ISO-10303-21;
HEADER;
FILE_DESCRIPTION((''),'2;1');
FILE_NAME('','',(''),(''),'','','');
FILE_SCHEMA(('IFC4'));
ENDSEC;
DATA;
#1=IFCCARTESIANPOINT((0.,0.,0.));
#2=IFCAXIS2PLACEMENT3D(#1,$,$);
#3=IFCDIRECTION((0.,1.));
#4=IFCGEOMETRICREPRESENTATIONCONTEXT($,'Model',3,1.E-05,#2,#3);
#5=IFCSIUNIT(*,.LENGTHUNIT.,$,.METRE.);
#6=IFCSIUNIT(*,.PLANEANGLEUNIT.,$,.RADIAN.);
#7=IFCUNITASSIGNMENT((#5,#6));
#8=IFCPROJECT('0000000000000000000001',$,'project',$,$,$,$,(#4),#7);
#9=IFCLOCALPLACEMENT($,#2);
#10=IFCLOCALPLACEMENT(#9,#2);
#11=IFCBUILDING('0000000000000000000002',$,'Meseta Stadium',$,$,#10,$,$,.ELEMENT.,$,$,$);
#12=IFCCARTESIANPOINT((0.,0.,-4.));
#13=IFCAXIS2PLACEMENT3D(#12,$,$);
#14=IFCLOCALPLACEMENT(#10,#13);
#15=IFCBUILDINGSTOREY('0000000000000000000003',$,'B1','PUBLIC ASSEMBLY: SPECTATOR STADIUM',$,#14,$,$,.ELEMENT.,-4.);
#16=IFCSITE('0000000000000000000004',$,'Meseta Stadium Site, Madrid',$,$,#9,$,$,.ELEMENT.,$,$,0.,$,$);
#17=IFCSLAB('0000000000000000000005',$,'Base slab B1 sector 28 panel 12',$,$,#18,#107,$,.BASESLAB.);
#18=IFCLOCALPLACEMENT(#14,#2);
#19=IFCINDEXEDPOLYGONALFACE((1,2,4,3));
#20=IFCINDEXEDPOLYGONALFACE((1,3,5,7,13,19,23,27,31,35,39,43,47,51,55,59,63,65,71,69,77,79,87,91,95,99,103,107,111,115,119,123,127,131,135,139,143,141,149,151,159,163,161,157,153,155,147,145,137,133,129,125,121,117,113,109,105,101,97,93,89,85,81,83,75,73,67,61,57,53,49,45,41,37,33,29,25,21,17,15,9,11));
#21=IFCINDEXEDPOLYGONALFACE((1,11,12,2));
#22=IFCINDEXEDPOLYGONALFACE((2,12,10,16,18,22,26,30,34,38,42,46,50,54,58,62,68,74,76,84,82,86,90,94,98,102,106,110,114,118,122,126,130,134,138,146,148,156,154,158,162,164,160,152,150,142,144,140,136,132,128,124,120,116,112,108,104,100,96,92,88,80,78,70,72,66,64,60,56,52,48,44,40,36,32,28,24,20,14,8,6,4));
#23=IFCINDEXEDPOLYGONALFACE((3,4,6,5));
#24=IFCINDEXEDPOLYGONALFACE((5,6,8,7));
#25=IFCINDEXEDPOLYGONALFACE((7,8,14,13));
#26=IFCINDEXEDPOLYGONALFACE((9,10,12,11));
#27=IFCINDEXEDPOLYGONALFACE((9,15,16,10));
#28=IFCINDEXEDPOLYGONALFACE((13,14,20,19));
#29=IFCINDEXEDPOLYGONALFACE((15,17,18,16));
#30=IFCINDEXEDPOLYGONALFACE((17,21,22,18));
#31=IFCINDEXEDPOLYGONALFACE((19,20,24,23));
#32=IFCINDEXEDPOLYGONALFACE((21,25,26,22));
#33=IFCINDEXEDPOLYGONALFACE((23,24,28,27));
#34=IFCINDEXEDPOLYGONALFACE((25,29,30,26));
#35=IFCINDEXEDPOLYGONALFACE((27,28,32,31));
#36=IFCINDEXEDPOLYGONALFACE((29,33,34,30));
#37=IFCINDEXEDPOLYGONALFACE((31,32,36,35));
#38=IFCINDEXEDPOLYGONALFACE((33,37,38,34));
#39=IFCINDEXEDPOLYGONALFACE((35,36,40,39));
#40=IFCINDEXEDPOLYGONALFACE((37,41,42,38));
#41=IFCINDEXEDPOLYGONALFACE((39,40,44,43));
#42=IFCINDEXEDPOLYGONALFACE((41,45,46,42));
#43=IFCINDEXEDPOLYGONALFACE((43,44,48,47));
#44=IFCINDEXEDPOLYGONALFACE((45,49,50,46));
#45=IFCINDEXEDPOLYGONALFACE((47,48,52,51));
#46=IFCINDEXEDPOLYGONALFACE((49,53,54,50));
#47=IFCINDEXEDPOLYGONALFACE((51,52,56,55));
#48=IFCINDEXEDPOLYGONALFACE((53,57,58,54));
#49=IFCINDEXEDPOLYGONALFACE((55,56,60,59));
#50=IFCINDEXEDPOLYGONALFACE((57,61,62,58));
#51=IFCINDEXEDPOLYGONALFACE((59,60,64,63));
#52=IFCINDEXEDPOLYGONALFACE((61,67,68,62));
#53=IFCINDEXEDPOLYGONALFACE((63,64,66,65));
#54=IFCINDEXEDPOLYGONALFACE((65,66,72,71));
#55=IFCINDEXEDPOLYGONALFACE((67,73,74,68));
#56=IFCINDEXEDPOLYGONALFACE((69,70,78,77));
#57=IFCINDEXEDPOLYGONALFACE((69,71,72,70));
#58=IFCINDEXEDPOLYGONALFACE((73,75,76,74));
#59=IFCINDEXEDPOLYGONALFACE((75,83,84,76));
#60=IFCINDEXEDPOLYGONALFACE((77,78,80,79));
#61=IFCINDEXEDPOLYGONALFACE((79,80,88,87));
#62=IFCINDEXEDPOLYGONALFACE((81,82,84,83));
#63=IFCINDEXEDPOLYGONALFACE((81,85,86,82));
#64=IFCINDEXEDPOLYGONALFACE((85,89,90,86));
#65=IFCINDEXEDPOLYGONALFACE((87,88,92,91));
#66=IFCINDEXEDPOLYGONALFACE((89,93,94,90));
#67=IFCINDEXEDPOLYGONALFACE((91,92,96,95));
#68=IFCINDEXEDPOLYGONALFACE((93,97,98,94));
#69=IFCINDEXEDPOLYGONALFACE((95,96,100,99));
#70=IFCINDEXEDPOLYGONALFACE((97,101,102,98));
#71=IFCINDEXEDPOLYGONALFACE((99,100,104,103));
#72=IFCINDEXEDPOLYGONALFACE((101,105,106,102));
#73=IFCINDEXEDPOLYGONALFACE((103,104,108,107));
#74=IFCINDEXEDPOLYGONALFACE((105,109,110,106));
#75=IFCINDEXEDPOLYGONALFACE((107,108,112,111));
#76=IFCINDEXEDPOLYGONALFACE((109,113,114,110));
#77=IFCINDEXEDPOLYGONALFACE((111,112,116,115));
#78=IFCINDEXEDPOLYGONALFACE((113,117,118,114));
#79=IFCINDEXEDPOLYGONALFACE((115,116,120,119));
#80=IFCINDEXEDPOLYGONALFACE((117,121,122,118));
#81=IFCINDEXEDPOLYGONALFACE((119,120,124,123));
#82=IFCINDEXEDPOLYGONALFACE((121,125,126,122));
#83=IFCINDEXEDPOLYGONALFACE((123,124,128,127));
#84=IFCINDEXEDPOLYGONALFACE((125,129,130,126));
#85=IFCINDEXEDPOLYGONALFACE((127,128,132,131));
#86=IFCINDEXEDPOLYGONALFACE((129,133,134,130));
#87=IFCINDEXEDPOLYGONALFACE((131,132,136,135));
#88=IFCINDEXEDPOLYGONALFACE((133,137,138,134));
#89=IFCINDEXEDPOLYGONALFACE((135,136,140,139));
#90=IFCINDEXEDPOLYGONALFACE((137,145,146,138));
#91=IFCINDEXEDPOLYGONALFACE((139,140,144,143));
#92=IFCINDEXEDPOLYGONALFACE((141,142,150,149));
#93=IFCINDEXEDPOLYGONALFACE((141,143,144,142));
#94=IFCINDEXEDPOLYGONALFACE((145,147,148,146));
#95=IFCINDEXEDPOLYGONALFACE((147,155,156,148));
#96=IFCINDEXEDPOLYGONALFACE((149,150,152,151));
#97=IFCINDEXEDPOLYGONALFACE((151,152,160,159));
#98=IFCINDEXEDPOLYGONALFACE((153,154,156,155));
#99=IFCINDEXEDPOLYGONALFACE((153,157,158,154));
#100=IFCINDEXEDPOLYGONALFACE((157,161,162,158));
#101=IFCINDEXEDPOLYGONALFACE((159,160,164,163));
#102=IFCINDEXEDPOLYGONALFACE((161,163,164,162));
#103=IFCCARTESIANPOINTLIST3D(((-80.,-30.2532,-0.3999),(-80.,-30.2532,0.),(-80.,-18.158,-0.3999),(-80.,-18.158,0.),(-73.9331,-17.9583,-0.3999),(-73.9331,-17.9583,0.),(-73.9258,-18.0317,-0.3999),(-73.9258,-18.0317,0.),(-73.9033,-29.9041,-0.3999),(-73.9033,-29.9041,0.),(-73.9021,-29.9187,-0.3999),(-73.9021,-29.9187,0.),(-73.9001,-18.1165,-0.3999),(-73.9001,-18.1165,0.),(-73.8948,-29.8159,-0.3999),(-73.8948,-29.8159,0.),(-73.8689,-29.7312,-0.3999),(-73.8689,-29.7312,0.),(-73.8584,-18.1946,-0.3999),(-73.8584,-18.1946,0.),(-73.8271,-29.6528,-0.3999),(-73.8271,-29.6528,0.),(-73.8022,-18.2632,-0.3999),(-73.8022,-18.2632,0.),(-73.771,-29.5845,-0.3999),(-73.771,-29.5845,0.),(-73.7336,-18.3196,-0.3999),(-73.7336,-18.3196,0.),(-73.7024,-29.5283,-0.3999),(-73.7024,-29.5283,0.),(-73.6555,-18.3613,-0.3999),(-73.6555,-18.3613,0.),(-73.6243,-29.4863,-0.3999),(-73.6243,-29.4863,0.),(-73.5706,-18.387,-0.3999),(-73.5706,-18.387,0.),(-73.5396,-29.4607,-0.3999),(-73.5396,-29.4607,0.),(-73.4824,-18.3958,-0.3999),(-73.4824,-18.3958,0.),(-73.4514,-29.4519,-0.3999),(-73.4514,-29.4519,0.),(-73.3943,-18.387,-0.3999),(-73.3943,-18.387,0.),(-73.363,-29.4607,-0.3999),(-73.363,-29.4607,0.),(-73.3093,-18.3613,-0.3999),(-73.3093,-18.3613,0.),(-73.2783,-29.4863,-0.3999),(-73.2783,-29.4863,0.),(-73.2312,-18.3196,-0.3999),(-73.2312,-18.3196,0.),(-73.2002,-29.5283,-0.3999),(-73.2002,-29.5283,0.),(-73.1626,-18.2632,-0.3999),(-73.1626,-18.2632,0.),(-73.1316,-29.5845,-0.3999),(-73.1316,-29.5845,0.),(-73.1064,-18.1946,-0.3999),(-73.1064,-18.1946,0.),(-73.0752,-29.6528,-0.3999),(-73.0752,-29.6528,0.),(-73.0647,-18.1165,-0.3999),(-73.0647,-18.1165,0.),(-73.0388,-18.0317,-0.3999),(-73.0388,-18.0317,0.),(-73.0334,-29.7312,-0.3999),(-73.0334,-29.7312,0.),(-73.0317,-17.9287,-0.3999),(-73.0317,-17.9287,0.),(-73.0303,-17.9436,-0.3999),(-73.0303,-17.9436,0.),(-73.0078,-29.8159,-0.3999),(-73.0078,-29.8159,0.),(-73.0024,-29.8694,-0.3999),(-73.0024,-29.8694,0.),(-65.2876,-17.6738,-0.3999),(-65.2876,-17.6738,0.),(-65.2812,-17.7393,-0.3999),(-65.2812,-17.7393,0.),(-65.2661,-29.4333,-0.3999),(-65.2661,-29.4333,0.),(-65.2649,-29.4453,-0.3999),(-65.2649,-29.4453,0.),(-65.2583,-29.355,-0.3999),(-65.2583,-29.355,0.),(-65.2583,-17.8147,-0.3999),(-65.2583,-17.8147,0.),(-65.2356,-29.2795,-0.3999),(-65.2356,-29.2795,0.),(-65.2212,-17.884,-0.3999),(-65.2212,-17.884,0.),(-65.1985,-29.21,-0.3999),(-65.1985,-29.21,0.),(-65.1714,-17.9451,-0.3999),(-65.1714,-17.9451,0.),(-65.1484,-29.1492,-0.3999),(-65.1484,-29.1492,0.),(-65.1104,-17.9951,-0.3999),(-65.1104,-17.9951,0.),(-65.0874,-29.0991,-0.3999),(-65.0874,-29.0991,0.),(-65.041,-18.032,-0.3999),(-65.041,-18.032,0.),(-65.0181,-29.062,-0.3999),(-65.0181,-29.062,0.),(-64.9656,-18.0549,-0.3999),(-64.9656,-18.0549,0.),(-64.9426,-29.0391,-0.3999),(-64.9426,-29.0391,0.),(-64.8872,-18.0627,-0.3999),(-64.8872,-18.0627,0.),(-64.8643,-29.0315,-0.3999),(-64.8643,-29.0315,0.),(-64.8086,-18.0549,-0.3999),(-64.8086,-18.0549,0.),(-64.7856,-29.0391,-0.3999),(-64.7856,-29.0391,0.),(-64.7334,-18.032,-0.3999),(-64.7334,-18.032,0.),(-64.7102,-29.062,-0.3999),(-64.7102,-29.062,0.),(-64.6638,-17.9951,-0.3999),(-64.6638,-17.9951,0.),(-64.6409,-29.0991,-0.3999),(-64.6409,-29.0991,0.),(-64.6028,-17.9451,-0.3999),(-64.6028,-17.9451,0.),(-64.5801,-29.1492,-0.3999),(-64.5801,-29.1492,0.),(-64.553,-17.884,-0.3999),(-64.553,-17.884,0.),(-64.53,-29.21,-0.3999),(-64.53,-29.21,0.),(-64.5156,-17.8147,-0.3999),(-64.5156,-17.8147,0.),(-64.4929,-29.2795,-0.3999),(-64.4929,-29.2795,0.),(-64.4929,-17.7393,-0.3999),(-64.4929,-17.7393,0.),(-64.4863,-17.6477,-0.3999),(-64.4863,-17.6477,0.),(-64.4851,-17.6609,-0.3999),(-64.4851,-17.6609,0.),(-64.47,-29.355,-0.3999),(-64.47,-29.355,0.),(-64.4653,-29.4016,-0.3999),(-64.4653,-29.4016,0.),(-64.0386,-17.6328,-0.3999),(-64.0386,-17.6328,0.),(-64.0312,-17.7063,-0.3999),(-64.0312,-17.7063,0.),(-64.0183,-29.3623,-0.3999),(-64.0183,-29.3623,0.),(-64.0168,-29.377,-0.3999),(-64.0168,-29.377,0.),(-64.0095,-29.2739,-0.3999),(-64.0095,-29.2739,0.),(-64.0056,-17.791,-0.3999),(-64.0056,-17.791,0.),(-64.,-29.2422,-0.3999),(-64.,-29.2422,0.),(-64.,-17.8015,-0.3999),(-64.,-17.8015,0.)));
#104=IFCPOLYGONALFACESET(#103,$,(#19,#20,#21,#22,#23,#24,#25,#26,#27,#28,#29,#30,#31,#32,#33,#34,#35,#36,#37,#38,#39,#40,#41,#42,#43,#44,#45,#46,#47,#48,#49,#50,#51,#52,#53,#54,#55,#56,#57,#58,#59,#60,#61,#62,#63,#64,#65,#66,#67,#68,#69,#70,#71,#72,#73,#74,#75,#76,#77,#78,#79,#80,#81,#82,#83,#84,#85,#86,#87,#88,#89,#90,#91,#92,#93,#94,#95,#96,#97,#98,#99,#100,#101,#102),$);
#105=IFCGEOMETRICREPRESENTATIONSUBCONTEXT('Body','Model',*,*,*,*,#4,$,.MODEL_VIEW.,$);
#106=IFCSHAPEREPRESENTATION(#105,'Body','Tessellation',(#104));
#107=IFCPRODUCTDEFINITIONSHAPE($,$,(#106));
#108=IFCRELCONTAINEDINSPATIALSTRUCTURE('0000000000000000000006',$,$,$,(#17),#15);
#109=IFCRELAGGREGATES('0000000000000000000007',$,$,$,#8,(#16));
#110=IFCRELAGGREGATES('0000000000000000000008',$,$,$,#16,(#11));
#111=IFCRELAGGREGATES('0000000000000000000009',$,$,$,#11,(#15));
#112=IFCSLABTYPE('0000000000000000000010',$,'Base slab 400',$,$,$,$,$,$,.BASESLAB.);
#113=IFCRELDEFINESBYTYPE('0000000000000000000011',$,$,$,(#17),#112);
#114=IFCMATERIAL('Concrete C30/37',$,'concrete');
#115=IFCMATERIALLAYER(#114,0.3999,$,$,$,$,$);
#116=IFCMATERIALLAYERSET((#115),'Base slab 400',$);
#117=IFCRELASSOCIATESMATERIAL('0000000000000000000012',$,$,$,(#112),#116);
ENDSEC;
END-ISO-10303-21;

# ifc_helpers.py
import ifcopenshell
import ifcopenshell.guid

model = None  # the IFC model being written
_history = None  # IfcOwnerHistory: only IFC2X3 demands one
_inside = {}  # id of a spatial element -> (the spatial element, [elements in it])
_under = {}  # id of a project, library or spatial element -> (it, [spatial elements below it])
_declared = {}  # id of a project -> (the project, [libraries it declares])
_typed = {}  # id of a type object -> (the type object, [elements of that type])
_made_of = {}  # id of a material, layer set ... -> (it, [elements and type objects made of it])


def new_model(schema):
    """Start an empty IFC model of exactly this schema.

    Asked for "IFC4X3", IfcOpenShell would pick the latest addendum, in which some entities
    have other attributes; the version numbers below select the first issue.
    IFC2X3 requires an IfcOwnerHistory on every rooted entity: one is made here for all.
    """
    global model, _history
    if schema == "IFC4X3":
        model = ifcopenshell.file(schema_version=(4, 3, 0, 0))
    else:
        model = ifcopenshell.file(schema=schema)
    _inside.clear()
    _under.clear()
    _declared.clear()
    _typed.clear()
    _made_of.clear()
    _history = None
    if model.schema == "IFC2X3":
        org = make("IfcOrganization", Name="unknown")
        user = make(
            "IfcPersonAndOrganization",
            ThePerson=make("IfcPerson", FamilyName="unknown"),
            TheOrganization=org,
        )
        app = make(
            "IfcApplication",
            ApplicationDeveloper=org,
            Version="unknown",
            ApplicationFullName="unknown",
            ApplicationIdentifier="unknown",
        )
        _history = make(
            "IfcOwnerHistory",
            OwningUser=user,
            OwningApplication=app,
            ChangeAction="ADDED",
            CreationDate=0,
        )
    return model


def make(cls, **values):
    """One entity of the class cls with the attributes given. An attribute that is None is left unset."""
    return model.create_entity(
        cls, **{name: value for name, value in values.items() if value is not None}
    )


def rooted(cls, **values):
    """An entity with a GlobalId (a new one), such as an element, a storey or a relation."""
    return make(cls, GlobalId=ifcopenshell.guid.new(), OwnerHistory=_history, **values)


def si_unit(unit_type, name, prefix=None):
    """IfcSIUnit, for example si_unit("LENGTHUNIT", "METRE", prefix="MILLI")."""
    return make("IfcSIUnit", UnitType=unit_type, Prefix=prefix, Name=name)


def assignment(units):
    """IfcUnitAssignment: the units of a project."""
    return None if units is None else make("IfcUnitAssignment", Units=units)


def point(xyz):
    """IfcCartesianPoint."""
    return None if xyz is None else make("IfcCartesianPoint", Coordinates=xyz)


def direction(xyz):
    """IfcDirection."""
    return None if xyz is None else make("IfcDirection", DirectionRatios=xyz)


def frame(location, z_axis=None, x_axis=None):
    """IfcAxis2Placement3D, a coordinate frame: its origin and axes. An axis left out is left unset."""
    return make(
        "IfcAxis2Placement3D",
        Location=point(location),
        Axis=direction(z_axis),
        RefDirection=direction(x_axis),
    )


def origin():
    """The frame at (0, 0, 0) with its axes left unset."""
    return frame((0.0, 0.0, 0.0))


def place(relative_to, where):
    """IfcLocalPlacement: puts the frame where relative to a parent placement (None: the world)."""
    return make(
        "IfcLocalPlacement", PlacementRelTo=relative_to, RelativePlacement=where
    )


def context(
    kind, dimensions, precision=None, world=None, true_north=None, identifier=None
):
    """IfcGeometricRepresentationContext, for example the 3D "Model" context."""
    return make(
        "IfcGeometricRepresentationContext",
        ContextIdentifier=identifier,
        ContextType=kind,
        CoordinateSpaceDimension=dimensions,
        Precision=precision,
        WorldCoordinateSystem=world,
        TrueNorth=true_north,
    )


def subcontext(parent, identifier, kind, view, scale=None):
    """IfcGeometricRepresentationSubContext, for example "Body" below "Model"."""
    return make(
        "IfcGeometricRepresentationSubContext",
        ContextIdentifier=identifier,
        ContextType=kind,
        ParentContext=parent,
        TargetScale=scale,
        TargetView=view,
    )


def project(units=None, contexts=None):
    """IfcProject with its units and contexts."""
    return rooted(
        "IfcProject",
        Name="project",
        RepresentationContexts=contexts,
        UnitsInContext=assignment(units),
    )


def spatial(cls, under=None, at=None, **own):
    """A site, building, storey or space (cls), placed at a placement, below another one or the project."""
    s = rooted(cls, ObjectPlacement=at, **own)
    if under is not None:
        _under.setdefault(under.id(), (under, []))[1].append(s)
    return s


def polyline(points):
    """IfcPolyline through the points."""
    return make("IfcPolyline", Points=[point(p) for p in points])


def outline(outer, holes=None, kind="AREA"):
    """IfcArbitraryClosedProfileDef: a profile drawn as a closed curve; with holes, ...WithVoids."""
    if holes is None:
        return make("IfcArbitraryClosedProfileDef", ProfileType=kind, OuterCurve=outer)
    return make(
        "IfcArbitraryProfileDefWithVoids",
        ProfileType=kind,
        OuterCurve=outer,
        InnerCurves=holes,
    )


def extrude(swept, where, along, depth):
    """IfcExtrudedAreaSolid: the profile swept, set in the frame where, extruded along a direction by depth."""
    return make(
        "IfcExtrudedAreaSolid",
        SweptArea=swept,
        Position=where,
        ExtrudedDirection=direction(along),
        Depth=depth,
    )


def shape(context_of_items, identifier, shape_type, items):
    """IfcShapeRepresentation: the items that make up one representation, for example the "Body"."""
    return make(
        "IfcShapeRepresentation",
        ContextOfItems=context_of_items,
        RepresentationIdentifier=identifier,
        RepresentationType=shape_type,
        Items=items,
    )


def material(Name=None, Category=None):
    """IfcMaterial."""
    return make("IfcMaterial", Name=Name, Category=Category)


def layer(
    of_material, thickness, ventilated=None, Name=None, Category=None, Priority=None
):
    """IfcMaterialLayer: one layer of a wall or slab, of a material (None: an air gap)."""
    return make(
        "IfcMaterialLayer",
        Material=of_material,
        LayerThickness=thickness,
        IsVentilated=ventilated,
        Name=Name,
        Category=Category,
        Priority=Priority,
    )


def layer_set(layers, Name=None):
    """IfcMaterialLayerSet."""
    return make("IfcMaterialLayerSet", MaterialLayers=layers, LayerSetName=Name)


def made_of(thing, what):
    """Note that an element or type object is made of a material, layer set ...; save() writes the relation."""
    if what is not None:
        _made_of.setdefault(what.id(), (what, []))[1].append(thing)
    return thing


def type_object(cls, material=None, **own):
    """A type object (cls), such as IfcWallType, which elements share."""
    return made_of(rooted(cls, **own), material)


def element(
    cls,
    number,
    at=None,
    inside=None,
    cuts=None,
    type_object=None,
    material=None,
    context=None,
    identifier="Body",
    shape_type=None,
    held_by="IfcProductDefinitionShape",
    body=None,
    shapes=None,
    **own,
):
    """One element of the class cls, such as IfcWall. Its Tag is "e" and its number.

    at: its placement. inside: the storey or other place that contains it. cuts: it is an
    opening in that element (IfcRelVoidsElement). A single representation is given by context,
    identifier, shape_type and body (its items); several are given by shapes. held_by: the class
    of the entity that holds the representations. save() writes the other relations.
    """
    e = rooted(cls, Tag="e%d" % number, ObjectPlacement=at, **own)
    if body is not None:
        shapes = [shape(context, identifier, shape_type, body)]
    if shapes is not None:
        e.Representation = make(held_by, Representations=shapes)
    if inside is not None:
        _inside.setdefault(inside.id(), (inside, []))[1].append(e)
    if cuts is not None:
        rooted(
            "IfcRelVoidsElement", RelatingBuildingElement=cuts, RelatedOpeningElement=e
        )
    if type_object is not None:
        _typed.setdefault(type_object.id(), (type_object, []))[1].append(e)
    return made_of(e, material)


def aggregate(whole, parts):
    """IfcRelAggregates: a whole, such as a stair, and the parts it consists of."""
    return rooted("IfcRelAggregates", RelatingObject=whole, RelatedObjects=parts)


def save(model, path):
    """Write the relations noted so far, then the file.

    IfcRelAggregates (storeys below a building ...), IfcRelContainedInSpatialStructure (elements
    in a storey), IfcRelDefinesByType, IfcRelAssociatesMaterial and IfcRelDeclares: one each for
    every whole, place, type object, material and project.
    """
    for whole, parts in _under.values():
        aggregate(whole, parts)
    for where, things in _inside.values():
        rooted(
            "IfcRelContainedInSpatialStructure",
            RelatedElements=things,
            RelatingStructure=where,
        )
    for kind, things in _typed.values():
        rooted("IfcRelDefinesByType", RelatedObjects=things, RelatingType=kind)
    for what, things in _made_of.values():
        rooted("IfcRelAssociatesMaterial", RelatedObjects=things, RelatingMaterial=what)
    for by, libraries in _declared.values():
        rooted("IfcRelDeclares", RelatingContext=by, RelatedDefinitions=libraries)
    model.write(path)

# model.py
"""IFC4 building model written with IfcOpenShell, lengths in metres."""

from ifc_helpers import new_model, si_unit, direction, frame, origin, place, context, subcontext, project, spatial, polyline, outline, extrude, material, layer, layer_set, type_object, element, save


model = new_model("IFC4")

# Units and contexts
model_context = context("Model", 3, precision=1e-05, world=origin(), true_north=direction((0.0, 1.0)))
body_context = subcontext(model_context, "Body", "Model", "MODEL_VIEW")
ifc_project = project(units=[si_unit("LENGTHUNIT", "METRE"), si_unit("PLANEANGLEUNIT", "RADIAN")], contexts=[model_context])

# Site, building, storey
site_placement = place(None, origin())
site = spatial("IfcSite", under=ifc_project, at=site_placement, Name="Meseta Stadium Site, Madrid", CompositionType="ELEMENT", RefElevation=0.0)
building_placement = place(site_placement, origin())
building = spatial("IfcBuilding", under=site, at=building_placement, Name="Meseta Stadium", CompositionType="ELEMENT")
storey_placement = place(building_placement, frame((0.0, 0.0, -4.0)))
storey = spatial("IfcBuildingStorey", under=building, at=storey_placement, Name="B1", Description="PUBLIC ASSEMBLY: SPECTATOR STADIUM", CompositionType="ELEMENT", Elevation=-4.0)

# Slab
ifc_material = material(Name="Concrete C30/37", Category="concrete")
ifc_layer = layer(ifc_material, 0.3999)
ifc_layer_set = layer_set([ifc_layer], Name="Base slab 400")
slab_type = type_object("IfcSlabType", Name="Base slab 400", PredefinedType="BASESLAB", material=ifc_layer_set)
slab_1_placement = place(storey_placement, frame((0.0, 0.0, -0.3999)))
element("IfcSlab", 1, at=slab_1_placement, inside=storey, type_object=slab_type, Name="Base slab B1 sector 28 panel 12", PredefinedType="BASESLAB", context=body_context, shape_type="SweptSolid", body=[
    extrude(outline(polyline([(-64.0183, -29.3623), (-64.0095, -29.2739), (-64.0, -29.2422), (-64.0, -17.8015), (-64.0056, -17.791), (-64.0312, -17.7063), (-64.0386, -17.6328), (-64.4863, -17.6477), (-64.4851, -17.6609), (-64.4929, -17.7393), (-64.5156, -17.8147), (-64.553, -17.884), (-64.6028, -17.9451), (-64.6638, -17.9951), (-64.7334, -18.032), (-64.8086, -18.0549), (-64.8872, -18.0627), (-64.9656, -18.0549), (-65.041, -18.032), (-65.1104, -17.9951), (-65.1714, -17.9451), (-65.2212, -17.884), (-65.2583, -17.8147), (-65.2812, -17.7393), (-65.2876, -17.6738), (-73.0317, -17.9287), (-73.0303, -17.9436), (-73.0388, -18.0317), (-73.0647, -18.1165), (-73.1064, -18.1946), (-73.1626, -18.2632), (-73.2312, -18.3196), (-73.3093, -18.3613), (-73.3943, -18.387), (-73.4824, -18.3958), (-73.5706, -18.387), (-73.6555, -18.3613), (-73.7336, -18.3196), (-73.8022, -18.2632), (-73.8584, -18.1946), (-73.9001, -18.1165), (-73.9258, -18.0317), (-73.9331, -17.9583), (-80.0, -18.158), (-80.0, -30.2532), (-73.9021, -29.9187), (-73.9033, -29.9041), (-73.8948, -29.8159), (-73.8689, -29.7312), (-73.8271, -29.6528), (-73.771, -29.5845), (-73.7024, -29.5283), (-73.6243, -29.4863), (-73.5396, -29.4607), (-73.4514, -29.4519), (-73.363, -29.4607), (-73.2783, -29.4863), (-73.2002, -29.5283), (-73.1316, -29.5845), (-73.0752, -29.6528), (-73.0334, -29.7312), (-73.0078, -29.8159), (-73.0024, -29.8694), (-65.2649, -29.4453), (-65.2661, -29.4333), (-65.2583, -29.355), (-65.2356, -29.2795), (-65.1985, -29.21), (-65.1484, -29.1492), (-65.0874, -29.0991), (-65.0181, -29.062), (-64.9426, -29.0391), (-64.8643, -29.0315), (-64.7856, -29.0391), (-64.7102, -29.062), (-64.6409, -29.0991), (-64.5801, -29.1492), (-64.53, -29.21), (-64.4929, -29.2795), (-64.47, -29.355), (-64.4653, -29.4016), (-64.0168, -29.377), (-64.0183, -29.3623)])), origin(), (0.0, 0.0, 1.0), 0.3999),
])

save(model, "model.ifc")
